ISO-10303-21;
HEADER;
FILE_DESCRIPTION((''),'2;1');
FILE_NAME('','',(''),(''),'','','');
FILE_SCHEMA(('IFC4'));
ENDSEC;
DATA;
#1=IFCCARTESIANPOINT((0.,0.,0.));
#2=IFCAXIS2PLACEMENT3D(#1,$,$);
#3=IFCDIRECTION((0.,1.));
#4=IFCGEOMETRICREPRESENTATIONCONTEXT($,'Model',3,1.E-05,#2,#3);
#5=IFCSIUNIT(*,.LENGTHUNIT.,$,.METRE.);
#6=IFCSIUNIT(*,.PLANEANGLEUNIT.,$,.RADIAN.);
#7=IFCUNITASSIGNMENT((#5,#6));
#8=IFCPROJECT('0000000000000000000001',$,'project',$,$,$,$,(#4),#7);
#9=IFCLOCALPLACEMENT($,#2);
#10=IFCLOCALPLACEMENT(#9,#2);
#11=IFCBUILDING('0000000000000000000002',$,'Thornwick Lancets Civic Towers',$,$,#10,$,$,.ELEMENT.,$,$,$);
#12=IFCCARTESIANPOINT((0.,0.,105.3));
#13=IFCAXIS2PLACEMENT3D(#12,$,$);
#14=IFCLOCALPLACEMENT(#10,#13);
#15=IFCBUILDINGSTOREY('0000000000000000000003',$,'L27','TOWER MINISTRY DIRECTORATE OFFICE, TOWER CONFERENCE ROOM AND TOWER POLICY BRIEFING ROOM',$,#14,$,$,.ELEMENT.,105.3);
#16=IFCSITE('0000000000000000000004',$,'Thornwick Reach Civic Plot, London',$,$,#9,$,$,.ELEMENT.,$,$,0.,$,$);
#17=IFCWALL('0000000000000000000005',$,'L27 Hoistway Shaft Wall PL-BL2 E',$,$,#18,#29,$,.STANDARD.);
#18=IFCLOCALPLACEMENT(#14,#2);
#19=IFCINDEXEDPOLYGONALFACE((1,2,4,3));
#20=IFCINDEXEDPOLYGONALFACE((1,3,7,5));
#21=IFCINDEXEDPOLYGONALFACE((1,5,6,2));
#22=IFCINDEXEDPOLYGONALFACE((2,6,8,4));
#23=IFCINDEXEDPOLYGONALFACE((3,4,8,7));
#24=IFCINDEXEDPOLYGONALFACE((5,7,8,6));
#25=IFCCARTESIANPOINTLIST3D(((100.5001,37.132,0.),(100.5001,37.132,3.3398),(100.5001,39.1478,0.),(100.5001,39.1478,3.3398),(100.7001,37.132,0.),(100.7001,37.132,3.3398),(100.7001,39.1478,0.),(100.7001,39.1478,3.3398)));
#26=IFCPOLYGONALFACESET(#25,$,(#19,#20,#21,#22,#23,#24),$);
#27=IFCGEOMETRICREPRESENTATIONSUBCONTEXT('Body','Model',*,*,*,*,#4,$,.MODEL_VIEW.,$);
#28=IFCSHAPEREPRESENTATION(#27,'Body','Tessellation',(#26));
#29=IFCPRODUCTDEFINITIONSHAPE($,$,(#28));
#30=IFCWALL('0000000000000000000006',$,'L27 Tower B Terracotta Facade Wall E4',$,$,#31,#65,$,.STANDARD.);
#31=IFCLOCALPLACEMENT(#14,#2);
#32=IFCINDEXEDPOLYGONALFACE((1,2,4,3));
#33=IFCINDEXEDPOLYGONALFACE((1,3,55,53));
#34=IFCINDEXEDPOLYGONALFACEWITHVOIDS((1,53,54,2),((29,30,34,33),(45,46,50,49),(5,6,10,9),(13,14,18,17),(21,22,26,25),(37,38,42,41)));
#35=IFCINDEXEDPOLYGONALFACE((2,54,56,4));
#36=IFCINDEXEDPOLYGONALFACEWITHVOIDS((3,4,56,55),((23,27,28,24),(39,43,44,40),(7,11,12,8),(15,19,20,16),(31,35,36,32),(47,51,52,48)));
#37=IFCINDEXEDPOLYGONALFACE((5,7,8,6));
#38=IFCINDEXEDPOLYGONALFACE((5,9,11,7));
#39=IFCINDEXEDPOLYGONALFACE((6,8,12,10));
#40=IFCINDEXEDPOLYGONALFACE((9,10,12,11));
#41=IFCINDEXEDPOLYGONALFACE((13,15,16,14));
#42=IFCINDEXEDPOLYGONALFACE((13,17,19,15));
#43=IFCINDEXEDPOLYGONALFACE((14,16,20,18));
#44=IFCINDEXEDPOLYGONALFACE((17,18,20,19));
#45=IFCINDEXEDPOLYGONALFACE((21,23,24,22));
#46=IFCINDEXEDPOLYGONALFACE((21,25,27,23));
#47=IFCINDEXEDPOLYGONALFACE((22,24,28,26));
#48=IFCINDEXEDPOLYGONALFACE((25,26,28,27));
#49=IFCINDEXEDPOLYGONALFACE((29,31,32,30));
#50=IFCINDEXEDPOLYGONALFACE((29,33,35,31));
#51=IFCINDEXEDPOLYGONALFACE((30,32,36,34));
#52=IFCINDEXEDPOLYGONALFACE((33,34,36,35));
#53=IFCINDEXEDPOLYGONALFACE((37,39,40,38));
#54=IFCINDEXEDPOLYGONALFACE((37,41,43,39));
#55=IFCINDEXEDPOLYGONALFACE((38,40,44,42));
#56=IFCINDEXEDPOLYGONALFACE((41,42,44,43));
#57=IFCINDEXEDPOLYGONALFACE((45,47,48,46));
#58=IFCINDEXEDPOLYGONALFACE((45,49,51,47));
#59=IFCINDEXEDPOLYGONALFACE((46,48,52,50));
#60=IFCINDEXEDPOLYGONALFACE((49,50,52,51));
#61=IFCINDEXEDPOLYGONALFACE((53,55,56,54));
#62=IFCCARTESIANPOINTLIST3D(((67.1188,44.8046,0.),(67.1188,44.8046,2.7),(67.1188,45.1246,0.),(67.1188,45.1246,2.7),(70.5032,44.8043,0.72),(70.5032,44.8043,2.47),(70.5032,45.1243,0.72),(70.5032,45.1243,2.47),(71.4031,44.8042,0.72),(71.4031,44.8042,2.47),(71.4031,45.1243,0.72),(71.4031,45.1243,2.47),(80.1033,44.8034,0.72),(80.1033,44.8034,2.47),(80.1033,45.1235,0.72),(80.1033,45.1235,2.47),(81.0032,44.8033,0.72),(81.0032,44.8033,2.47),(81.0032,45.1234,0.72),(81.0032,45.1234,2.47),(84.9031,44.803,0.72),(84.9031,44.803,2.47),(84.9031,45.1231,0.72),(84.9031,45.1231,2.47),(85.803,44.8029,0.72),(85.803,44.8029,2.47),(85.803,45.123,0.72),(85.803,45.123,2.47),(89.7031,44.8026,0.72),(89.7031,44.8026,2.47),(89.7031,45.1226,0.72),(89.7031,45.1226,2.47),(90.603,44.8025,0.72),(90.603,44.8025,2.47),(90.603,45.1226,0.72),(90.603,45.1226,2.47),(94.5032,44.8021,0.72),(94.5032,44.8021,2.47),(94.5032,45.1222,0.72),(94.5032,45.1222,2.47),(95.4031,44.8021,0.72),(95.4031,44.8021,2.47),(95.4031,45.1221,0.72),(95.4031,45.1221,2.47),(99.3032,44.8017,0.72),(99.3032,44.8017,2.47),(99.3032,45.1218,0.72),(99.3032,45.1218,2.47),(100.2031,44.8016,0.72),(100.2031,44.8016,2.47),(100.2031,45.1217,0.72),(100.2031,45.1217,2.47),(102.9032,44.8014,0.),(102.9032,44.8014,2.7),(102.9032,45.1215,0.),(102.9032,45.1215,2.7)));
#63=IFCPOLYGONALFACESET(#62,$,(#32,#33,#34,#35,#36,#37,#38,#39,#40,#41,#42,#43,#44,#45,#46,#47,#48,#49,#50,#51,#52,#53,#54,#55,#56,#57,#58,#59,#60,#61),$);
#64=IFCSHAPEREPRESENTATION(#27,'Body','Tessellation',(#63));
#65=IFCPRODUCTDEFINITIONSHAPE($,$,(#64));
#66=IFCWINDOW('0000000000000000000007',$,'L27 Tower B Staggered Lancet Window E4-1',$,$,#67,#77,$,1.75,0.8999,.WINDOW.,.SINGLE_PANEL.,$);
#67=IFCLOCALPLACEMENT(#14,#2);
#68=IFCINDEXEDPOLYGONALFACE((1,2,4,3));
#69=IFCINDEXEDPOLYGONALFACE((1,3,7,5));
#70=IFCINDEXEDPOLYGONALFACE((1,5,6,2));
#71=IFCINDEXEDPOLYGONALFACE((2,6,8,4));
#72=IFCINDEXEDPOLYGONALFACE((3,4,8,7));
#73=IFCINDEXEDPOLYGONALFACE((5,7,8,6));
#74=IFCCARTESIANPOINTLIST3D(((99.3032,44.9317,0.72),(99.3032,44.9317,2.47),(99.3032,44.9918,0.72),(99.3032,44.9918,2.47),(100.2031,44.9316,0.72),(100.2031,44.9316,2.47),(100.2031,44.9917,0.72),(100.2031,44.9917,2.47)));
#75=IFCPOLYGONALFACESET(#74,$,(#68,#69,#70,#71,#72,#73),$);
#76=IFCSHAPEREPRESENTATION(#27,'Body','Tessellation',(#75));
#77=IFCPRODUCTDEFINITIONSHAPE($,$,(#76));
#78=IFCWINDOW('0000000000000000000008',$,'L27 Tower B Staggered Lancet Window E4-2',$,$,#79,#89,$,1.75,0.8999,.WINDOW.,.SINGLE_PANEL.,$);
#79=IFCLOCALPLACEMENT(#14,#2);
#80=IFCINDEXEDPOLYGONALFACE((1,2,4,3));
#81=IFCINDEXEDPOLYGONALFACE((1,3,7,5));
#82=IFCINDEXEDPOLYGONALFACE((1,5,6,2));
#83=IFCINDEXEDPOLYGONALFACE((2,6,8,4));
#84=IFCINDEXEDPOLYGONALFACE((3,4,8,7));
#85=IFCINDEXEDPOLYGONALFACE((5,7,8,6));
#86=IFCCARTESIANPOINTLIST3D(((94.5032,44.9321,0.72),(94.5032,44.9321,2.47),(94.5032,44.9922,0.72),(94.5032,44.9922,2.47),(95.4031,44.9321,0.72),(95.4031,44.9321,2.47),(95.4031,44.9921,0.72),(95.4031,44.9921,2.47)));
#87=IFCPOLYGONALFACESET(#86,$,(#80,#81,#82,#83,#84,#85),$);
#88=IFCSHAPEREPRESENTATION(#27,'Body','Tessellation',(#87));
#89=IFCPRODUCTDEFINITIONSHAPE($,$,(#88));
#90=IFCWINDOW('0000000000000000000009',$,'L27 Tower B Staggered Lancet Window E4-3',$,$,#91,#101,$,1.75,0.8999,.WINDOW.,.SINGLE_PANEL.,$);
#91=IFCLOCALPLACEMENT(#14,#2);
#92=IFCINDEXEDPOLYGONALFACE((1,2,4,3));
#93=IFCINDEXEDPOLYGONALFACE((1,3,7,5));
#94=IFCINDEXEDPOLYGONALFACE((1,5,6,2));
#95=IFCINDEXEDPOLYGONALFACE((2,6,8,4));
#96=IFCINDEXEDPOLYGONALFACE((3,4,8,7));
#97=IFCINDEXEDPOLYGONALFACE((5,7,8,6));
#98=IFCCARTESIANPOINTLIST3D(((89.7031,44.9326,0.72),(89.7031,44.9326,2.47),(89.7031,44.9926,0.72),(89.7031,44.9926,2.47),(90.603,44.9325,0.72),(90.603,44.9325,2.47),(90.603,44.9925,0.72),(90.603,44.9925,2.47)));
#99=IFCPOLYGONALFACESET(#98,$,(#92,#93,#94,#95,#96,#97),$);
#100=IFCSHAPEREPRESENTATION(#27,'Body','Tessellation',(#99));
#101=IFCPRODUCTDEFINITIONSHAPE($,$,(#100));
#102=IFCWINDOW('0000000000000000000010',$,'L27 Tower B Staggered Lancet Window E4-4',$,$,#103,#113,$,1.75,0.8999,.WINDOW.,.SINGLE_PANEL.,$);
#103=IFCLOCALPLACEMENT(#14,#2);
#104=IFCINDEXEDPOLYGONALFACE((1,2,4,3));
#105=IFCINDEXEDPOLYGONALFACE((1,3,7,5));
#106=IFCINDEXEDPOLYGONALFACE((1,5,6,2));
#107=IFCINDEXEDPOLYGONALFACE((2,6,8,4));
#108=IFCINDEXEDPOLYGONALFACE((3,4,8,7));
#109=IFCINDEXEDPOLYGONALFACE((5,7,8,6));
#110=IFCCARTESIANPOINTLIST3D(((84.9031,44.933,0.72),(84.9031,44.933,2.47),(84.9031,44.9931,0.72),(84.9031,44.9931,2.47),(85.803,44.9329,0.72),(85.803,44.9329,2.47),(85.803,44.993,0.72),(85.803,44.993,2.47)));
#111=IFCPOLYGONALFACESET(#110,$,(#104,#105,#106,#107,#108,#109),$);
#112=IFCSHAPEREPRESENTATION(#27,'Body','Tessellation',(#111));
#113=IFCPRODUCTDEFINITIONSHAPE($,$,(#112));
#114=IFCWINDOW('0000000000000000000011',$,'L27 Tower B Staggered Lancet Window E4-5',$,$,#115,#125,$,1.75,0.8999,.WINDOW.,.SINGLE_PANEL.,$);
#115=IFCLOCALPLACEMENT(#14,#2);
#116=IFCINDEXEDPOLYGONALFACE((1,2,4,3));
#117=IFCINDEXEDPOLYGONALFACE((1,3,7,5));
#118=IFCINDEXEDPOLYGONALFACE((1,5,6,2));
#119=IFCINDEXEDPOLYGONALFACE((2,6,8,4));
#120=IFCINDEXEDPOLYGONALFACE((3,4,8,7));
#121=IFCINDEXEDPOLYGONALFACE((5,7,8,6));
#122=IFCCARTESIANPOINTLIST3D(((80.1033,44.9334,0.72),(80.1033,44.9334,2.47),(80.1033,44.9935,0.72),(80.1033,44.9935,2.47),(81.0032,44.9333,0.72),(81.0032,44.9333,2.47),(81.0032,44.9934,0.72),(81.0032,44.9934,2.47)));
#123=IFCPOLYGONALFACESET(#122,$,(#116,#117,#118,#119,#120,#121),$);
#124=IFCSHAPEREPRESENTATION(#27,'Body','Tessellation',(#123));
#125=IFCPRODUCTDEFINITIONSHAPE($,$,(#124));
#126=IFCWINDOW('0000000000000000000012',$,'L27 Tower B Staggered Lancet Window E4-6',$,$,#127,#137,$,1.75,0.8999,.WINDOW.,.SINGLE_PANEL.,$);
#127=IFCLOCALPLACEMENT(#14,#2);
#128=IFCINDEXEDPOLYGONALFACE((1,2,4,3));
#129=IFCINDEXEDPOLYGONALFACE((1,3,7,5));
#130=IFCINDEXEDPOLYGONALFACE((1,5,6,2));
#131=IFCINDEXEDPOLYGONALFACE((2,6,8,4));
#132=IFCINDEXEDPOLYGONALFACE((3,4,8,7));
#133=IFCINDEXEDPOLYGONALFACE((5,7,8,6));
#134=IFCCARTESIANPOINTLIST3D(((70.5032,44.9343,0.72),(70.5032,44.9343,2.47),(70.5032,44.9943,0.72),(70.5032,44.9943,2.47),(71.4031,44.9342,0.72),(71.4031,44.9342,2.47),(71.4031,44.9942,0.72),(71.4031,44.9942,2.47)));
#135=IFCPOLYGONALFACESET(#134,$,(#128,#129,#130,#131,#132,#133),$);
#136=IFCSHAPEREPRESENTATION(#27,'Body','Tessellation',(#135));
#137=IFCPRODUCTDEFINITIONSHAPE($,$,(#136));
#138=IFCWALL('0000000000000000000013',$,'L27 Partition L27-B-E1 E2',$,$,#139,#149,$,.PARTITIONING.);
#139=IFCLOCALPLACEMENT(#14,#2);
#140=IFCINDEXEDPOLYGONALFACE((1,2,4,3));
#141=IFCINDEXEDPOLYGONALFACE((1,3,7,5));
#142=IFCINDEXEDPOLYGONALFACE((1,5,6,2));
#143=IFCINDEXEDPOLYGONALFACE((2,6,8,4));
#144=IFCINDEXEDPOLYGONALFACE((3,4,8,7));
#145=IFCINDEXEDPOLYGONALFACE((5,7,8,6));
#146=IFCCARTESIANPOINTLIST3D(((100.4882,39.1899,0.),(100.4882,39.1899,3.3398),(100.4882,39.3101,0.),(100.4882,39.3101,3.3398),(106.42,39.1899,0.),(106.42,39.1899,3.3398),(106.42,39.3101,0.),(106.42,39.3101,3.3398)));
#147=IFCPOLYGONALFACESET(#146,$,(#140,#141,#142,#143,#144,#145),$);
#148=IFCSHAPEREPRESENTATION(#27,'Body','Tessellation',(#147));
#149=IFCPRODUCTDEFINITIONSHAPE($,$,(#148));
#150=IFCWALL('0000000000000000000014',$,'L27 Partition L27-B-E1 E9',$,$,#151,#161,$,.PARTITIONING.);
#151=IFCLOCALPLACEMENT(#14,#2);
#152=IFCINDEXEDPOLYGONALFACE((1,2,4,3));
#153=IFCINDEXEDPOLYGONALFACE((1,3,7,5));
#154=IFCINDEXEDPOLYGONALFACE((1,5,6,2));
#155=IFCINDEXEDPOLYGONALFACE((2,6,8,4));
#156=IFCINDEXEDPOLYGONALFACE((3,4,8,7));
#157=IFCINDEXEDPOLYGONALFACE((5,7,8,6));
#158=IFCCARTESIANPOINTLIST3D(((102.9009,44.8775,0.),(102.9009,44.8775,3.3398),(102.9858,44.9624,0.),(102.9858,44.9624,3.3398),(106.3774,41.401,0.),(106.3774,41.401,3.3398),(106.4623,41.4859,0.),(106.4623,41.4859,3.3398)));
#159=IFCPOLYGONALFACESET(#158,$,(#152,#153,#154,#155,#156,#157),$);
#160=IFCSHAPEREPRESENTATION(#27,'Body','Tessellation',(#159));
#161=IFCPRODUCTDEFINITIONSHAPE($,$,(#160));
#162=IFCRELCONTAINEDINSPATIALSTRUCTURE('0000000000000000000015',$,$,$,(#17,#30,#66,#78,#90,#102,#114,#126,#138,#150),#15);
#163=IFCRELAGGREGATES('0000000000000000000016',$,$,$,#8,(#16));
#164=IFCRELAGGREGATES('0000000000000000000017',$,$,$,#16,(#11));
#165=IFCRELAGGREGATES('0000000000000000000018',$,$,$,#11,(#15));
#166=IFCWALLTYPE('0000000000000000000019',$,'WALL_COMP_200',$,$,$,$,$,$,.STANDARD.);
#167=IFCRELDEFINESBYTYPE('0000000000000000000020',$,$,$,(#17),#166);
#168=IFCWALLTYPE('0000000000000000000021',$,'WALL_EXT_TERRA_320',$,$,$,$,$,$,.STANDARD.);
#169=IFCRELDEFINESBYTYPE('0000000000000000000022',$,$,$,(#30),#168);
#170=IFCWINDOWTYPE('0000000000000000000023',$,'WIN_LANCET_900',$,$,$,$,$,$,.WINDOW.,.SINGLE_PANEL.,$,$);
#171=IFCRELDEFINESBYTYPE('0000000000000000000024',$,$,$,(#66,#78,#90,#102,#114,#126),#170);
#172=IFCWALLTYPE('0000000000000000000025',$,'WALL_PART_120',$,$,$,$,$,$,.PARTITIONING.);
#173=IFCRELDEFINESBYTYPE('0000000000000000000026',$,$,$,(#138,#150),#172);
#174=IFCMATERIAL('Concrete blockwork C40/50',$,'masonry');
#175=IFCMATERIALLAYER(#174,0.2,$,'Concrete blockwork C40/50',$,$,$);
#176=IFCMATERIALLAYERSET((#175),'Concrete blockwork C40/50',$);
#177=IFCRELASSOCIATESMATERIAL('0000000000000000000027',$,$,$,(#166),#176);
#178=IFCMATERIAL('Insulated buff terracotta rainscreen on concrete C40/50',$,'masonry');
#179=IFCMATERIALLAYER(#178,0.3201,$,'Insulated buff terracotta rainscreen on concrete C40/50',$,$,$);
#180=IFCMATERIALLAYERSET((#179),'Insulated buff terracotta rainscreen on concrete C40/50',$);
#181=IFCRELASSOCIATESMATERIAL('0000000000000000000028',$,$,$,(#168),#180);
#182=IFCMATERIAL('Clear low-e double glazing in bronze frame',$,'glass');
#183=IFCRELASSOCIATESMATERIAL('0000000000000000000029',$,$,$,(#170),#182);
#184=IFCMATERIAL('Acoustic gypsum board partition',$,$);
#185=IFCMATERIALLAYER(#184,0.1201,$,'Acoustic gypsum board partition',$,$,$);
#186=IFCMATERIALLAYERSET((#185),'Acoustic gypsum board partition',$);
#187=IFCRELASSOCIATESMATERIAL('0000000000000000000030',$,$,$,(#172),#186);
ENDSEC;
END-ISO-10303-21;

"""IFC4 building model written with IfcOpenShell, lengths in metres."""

from ifc_helpers import new_model, si_unit, direction, frame, frame_2d, origin, place, context, subcontext, project, spatial, rectangle, extrude, material, layer, layer_set, type_object, element, fill, save


model = new_model("IFC4")

# Units and contexts
model_context = context("Model", 3, precision=1e-05, world=origin(), true_north=direction((0.0, 1.0)))
body_context = subcontext(model_context, "Body", "Model", "MODEL_VIEW")
ifc_project = project(units=[si_unit("LENGTHUNIT", "METRE"), si_unit("PLANEANGLEUNIT", "RADIAN")], contexts=[model_context])

# Site, building, storey
site_placement = place(None, origin())
site = spatial("IfcSite", under=ifc_project, at=site_placement, Name="Thornwick Reach Civic Plot, London", CompositionType="ELEMENT", RefElevation=0.0)
building_placement = place(site_placement, origin())
building = spatial("IfcBuilding", under=site, at=building_placement, Name="Thornwick Lancets Civic Towers", CompositionType="ELEMENT")
storey_placement = place(building_placement, frame((0.0, 0.0, 105.3)))
storey = spatial("IfcBuildingStorey", under=building, at=storey_placement, Name="L27", Description="TOWER MINISTRY DIRECTORATE OFFICE, TOWER CONFERENCE ROOM AND TOWER POLICY BRIEFING ROOM", CompositionType="ELEMENT", Elevation=105.3)

# Wall
ifc_material_1 = material(Name="Concrete blockwork C40/50", Category="masonry")
ifc_layer_1 = layer(ifc_material_1, 0.2, Name="Concrete blockwork C40/50")
ifc_layer_set_1 = layer_set([ifc_layer_1], Name="Concrete blockwork C40/50")
wall_type_1 = type_object("IfcWallType", Name="WALL_COMP_200", PredefinedType="STANDARD", material=ifc_layer_set_1)
wall_1_placement = place(storey_placement, frame((100.6001, 37.1321, 0.0), z_axis=(0.0, 0.0, 1.0), x_axis=(0.0, 1.0, 0.0)))
element("IfcWall", 1, at=wall_1_placement, inside=storey, type_object=wall_type_1, Name="L27 Hoistway Shaft Wall PL-BL2 E", PredefinedType="STANDARD", context=body_context, shape_type="SweptSolid", body=[
    extrude(rectangle(XDim=2.0159, YDim=0.2, at=frame_2d((1.0078, 0.0))), origin(), (0.0, 0.0, 1.0), 3.3398),
])

# Wall, openings, windows
ifc_material_2 = material(Name="Insulated buff terracotta rainscreen on concrete C40/50", Category="masonry")
ifc_layer_2 = layer(ifc_material_2, 0.3201, Name="Insulated buff terracotta rainscreen on concrete C40/50")
ifc_layer_set_2 = layer_set([ifc_layer_2], Name="Insulated buff terracotta rainscreen on concrete C40/50")
wall_type_2 = type_object("IfcWallType", Name="WALL_EXT_TERRA_320", PredefinedType="STANDARD", material=ifc_layer_set_2)
wall_2_placement = place(storey_placement, frame((102.9031, 44.9614, 0.0), z_axis=(0.0, 0.0, 1.0), x_axis=(-1.0, 0.000089, 0.0)))
wall_2 = element("IfcWall", 2, at=wall_2_placement, inside=storey, type_object=wall_type_2, Name="L27 Tower B Terracotta Facade Wall E4", PredefinedType="STANDARD", context=body_context, shape_type="SweptSolid", body=[
    extrude(rectangle(XDim=35.7844, YDim=0.3201, at=frame_2d((17.8921, 0.0))), origin(), (0.0, 0.0, 1.0), 2.7),
])
opening_1_placement = place(wall_2_placement, frame((2.7, 0.0, 0.72)))
opening_1 = element("IfcOpeningElement", 3, at=opening_1_placement, cuts=wall_2, PredefinedType="OPENING", context=body_context, shape_type="SweptSolid", body=[
    extrude(rectangle(XDim=0.8999, YDim=1.75, at=frame_2d((0.45, 0.875))), frame((0.0, 0.1699, 0.0), z_axis=(0.0, -1.0, 0.0), x_axis=(1.0, 0.0, 0.0)), (0.0, 0.0, 1.0), 0.3401),
])
opening_2_placement = place(wall_2_placement, frame((7.5, 0.0, 0.72)))
opening_2 = element("IfcOpeningElement", 4, at=opening_2_placement, cuts=wall_2, PredefinedType="OPENING", context=body_context, shape_type="SweptSolid", body=[
    extrude(rectangle(XDim=0.8999, YDim=1.75, at=frame_2d((0.45, 0.875))), frame((0.0, 0.1699, 0.0), z_axis=(0.0, -1.0, 0.0), x_axis=(1.0, 0.0, 0.0)), (0.0, 0.0, 1.0), 0.3401),
])
opening_3_placement = place(wall_2_placement, frame((12.3, 0.0, 0.72)))
opening_3 = element("IfcOpeningElement", 5, at=opening_3_placement, cuts=wall_2, PredefinedType="OPENING", context=body_context, shape_type="SweptSolid", body=[
    extrude(rectangle(XDim=0.8999, YDim=1.75, at=frame_2d((0.45, 0.875))), frame((0.0, 0.1699, 0.0), z_axis=(0.0, -1.0, 0.0), x_axis=(1.0, 0.0, 0.0)), (0.0, 0.0, 1.0), 0.3401),
])
opening_4_placement = place(wall_2_placement, frame((17.1001, 0.0, 0.72)))
opening_4 = element("IfcOpeningElement", 6, at=opening_4_placement, cuts=wall_2, PredefinedType="OPENING", context=body_context, shape_type="SweptSolid", body=[
    extrude(rectangle(XDim=0.8999, YDim=1.75, at=frame_2d((0.45, 0.875))), frame((0.0, 0.1699, 0.0), z_axis=(0.0, -1.0, 0.0), x_axis=(1.0, 0.0, 0.0)), (0.0, 0.0, 1.0), 0.3401),
])
opening_5_placement = place(wall_2_placement, frame((21.8999, 0.0, 0.72)))
opening_5 = element("IfcOpeningElement", 7, at=opening_5_placement, cuts=wall_2, PredefinedType="OPENING", context=body_context, shape_type="SweptSolid", body=[
    extrude(rectangle(XDim=0.8999, YDim=1.75, at=frame_2d((0.45, 0.875))), frame((0.0, 0.1699, 0.0), z_axis=(0.0, -1.0, 0.0), x_axis=(1.0, 0.0, 0.0)), (0.0, 0.0, 1.0), 0.3401),
])
opening_6_placement = place(wall_2_placement, frame((31.5, 0.0, 0.72)))
opening_6 = element("IfcOpeningElement", 8, at=opening_6_placement, cuts=wall_2, PredefinedType="OPENING", context=body_context, shape_type="SweptSolid", body=[
    extrude(rectangle(XDim=0.8999, YDim=1.75, at=frame_2d((0.45, 0.875))), frame((0.0, 0.1699, 0.0), z_axis=(0.0, -1.0, 0.0), x_axis=(1.0, 0.0, 0.0)), (0.0, 0.0, 1.0), 0.3401),
])
ifc_material_3 = material(Name="Clear low-e double glazing in bronze frame", Category="glass")
window_type = type_object("IfcWindowType", Name="WIN_LANCET_900", PartitioningType="SINGLE_PANEL", PredefinedType="WINDOW", material=ifc_material_3)
window_1_placement = place(opening_1_placement, origin())
window_1 = element("IfcWindow", 9, at=window_1_placement, inside=storey, type_object=window_type, Name="L27 Tower B Staggered Lancet Window E4-1", OverallHeight=1.75, OverallWidth=0.8999, PartitioningType="SINGLE_PANEL", PredefinedType="WINDOW", context=body_context, shape_type="SweptSolid", body=[
    extrude(rectangle(XDim=0.8999, YDim=1.75, at=frame_2d((0.45, 0.875))), frame((0.0, 0.03, 0.0), z_axis=(0.0, -1.0, 0.0), x_axis=(1.0, 0.0, 0.0)), (0.0, 0.0, 1.0), 0.0601),
])
fill(opening_1, window_1)
window_2_placement = place(opening_2_placement, origin())
window_2 = element("IfcWindow", 10, at=window_2_placement, inside=storey, type_object=window_type, Name="L27 Tower B Staggered Lancet Window E4-2", OverallHeight=1.75, OverallWidth=0.8999, PartitioningType="SINGLE_PANEL", PredefinedType="WINDOW", context=body_context, shape_type="SweptSolid", body=[
    extrude(rectangle(XDim=0.8999, YDim=1.75, at=frame_2d((0.45, 0.875))), frame((0.0, 0.03, 0.0), z_axis=(0.0, -1.0, 0.0), x_axis=(1.0, 0.0, 0.0)), (0.0, 0.0, 1.0), 0.0601),
])
fill(opening_2, window_2)
window_3_placement = place(opening_3_placement, origin())
window_3 = element("IfcWindow", 11, at=window_3_placement, inside=storey, type_object=window_type, Name="L27 Tower B Staggered Lancet Window E4-3", OverallHeight=1.75, OverallWidth=0.8999, PartitioningType="SINGLE_PANEL", PredefinedType="WINDOW", context=body_context, shape_type="SweptSolid", body=[
    extrude(rectangle(XDim=0.8999, YDim=1.75, at=frame_2d((0.45, 0.875))), frame((0.0, 0.03, 0.0), z_axis=(0.0, -1.0, 0.0), x_axis=(1.0, 0.0, 0.0)), (0.0, 0.0, 1.0), 0.0601),
])
fill(opening_3, window_3)
window_4_placement = place(opening_4_placement, origin())
window_4 = element("IfcWindow", 12, at=window_4_placement, inside=storey, type_object=window_type, Name="L27 Tower B Staggered Lancet Window E4-4", OverallHeight=1.75, OverallWidth=0.8999, PartitioningType="SINGLE_PANEL", PredefinedType="WINDOW", context=body_context, shape_type="SweptSolid", body=[
    extrude(rectangle(XDim=0.8999, YDim=1.75, at=frame_2d((0.45, 0.875))), frame((0.0, 0.03, 0.0), z_axis=(0.0, -1.0, 0.0), x_axis=(1.0, 0.0, 0.0)), (0.0, 0.0, 1.0), 0.0601),
])
fill(opening_4, window_4)
window_5_placement = place(opening_5_placement, origin())
window_5 = element("IfcWindow", 13, at=window_5_placement, inside=storey, type_object=window_type, Name="L27 Tower B Staggered Lancet Window E4-5", OverallHeight=1.75, OverallWidth=0.8999, PartitioningType="SINGLE_PANEL", PredefinedType="WINDOW", context=body_context, shape_type="SweptSolid", body=[
    extrude(rectangle(XDim=0.8999, YDim=1.75, at=frame_2d((0.45, 0.875))), frame((0.0, 0.03, 0.0), z_axis=(0.0, -1.0, 0.0), x_axis=(1.0, 0.0, 0.0)), (0.0, 0.0, 1.0), 0.0601),
])
fill(opening_5, window_5)
window_6_placement = place(opening_6_placement, origin())
window_6 = element("IfcWindow", 14, at=window_6_placement, inside=storey, type_object=window_type, Name="L27 Tower B Staggered Lancet Window E4-6", OverallHeight=1.75, OverallWidth=0.8999, PartitioningType="SINGLE_PANEL", PredefinedType="WINDOW", context=body_context, shape_type="SweptSolid", body=[
    extrude(rectangle(XDim=0.8999, YDim=1.75, at=frame_2d((0.45, 0.875))), frame((0.0, 0.03, 0.0), z_axis=(0.0, -1.0, 0.0), x_axis=(1.0, 0.0, 0.0)), (0.0, 0.0, 1.0), 0.0601),
])
fill(opening_6, window_6)

# Walls
ifc_material_4 = material(Name="Acoustic gypsum board partition")
ifc_layer_3 = layer(ifc_material_4, 0.1201, Name="Acoustic gypsum board partition")
ifc_layer_set_3 = layer_set([ifc_layer_3], Name="Acoustic gypsum board partition")
wall_type_3 = type_object("IfcWallType", Name="WALL_PART_120", PredefinedType="PARTITIONING", material=ifc_layer_set_3)
wall_3_placement = place(storey_placement, frame((106.4199, 39.25, 0.0), z_axis=(0.0, 0.0, 1.0), x_axis=(-1.0, 0.0, 0.0)))
element("IfcWall", 15, at=wall_3_placement, inside=storey, type_object=wall_type_3, Name="L27 Partition L27-B-E1 E2", PredefinedType="PARTITIONING", context=body_context, shape_type="SweptSolid", body=[
    extrude(rectangle(XDim=5.9319, YDim=0.1201, at=frame_2d((2.9658, 0.0))), origin(), (0.0, 0.0, 1.0), 3.3398),
])
wall_4_placement = place(storey_placement, frame((102.9434, 44.9199, 0.0), z_axis=(0.0, 0.0, 1.0), x_axis=(0.707107, -0.707107, 0.0)))
element("IfcWall", 16, at=wall_4_placement, inside=storey, type_object=wall_type_3, Name="L27 Partition L27-B-E1 E9", PredefinedType="PARTITIONING", context=body_context, shape_type="SweptSolid", body=[
    extrude(rectangle(XDim=4.9165, YDim=0.1201, at=frame_2d((2.4583, 0.0))), origin(), (0.0, 0.0, 1.0), 3.3398),
])

save(model, "model.ifc")
